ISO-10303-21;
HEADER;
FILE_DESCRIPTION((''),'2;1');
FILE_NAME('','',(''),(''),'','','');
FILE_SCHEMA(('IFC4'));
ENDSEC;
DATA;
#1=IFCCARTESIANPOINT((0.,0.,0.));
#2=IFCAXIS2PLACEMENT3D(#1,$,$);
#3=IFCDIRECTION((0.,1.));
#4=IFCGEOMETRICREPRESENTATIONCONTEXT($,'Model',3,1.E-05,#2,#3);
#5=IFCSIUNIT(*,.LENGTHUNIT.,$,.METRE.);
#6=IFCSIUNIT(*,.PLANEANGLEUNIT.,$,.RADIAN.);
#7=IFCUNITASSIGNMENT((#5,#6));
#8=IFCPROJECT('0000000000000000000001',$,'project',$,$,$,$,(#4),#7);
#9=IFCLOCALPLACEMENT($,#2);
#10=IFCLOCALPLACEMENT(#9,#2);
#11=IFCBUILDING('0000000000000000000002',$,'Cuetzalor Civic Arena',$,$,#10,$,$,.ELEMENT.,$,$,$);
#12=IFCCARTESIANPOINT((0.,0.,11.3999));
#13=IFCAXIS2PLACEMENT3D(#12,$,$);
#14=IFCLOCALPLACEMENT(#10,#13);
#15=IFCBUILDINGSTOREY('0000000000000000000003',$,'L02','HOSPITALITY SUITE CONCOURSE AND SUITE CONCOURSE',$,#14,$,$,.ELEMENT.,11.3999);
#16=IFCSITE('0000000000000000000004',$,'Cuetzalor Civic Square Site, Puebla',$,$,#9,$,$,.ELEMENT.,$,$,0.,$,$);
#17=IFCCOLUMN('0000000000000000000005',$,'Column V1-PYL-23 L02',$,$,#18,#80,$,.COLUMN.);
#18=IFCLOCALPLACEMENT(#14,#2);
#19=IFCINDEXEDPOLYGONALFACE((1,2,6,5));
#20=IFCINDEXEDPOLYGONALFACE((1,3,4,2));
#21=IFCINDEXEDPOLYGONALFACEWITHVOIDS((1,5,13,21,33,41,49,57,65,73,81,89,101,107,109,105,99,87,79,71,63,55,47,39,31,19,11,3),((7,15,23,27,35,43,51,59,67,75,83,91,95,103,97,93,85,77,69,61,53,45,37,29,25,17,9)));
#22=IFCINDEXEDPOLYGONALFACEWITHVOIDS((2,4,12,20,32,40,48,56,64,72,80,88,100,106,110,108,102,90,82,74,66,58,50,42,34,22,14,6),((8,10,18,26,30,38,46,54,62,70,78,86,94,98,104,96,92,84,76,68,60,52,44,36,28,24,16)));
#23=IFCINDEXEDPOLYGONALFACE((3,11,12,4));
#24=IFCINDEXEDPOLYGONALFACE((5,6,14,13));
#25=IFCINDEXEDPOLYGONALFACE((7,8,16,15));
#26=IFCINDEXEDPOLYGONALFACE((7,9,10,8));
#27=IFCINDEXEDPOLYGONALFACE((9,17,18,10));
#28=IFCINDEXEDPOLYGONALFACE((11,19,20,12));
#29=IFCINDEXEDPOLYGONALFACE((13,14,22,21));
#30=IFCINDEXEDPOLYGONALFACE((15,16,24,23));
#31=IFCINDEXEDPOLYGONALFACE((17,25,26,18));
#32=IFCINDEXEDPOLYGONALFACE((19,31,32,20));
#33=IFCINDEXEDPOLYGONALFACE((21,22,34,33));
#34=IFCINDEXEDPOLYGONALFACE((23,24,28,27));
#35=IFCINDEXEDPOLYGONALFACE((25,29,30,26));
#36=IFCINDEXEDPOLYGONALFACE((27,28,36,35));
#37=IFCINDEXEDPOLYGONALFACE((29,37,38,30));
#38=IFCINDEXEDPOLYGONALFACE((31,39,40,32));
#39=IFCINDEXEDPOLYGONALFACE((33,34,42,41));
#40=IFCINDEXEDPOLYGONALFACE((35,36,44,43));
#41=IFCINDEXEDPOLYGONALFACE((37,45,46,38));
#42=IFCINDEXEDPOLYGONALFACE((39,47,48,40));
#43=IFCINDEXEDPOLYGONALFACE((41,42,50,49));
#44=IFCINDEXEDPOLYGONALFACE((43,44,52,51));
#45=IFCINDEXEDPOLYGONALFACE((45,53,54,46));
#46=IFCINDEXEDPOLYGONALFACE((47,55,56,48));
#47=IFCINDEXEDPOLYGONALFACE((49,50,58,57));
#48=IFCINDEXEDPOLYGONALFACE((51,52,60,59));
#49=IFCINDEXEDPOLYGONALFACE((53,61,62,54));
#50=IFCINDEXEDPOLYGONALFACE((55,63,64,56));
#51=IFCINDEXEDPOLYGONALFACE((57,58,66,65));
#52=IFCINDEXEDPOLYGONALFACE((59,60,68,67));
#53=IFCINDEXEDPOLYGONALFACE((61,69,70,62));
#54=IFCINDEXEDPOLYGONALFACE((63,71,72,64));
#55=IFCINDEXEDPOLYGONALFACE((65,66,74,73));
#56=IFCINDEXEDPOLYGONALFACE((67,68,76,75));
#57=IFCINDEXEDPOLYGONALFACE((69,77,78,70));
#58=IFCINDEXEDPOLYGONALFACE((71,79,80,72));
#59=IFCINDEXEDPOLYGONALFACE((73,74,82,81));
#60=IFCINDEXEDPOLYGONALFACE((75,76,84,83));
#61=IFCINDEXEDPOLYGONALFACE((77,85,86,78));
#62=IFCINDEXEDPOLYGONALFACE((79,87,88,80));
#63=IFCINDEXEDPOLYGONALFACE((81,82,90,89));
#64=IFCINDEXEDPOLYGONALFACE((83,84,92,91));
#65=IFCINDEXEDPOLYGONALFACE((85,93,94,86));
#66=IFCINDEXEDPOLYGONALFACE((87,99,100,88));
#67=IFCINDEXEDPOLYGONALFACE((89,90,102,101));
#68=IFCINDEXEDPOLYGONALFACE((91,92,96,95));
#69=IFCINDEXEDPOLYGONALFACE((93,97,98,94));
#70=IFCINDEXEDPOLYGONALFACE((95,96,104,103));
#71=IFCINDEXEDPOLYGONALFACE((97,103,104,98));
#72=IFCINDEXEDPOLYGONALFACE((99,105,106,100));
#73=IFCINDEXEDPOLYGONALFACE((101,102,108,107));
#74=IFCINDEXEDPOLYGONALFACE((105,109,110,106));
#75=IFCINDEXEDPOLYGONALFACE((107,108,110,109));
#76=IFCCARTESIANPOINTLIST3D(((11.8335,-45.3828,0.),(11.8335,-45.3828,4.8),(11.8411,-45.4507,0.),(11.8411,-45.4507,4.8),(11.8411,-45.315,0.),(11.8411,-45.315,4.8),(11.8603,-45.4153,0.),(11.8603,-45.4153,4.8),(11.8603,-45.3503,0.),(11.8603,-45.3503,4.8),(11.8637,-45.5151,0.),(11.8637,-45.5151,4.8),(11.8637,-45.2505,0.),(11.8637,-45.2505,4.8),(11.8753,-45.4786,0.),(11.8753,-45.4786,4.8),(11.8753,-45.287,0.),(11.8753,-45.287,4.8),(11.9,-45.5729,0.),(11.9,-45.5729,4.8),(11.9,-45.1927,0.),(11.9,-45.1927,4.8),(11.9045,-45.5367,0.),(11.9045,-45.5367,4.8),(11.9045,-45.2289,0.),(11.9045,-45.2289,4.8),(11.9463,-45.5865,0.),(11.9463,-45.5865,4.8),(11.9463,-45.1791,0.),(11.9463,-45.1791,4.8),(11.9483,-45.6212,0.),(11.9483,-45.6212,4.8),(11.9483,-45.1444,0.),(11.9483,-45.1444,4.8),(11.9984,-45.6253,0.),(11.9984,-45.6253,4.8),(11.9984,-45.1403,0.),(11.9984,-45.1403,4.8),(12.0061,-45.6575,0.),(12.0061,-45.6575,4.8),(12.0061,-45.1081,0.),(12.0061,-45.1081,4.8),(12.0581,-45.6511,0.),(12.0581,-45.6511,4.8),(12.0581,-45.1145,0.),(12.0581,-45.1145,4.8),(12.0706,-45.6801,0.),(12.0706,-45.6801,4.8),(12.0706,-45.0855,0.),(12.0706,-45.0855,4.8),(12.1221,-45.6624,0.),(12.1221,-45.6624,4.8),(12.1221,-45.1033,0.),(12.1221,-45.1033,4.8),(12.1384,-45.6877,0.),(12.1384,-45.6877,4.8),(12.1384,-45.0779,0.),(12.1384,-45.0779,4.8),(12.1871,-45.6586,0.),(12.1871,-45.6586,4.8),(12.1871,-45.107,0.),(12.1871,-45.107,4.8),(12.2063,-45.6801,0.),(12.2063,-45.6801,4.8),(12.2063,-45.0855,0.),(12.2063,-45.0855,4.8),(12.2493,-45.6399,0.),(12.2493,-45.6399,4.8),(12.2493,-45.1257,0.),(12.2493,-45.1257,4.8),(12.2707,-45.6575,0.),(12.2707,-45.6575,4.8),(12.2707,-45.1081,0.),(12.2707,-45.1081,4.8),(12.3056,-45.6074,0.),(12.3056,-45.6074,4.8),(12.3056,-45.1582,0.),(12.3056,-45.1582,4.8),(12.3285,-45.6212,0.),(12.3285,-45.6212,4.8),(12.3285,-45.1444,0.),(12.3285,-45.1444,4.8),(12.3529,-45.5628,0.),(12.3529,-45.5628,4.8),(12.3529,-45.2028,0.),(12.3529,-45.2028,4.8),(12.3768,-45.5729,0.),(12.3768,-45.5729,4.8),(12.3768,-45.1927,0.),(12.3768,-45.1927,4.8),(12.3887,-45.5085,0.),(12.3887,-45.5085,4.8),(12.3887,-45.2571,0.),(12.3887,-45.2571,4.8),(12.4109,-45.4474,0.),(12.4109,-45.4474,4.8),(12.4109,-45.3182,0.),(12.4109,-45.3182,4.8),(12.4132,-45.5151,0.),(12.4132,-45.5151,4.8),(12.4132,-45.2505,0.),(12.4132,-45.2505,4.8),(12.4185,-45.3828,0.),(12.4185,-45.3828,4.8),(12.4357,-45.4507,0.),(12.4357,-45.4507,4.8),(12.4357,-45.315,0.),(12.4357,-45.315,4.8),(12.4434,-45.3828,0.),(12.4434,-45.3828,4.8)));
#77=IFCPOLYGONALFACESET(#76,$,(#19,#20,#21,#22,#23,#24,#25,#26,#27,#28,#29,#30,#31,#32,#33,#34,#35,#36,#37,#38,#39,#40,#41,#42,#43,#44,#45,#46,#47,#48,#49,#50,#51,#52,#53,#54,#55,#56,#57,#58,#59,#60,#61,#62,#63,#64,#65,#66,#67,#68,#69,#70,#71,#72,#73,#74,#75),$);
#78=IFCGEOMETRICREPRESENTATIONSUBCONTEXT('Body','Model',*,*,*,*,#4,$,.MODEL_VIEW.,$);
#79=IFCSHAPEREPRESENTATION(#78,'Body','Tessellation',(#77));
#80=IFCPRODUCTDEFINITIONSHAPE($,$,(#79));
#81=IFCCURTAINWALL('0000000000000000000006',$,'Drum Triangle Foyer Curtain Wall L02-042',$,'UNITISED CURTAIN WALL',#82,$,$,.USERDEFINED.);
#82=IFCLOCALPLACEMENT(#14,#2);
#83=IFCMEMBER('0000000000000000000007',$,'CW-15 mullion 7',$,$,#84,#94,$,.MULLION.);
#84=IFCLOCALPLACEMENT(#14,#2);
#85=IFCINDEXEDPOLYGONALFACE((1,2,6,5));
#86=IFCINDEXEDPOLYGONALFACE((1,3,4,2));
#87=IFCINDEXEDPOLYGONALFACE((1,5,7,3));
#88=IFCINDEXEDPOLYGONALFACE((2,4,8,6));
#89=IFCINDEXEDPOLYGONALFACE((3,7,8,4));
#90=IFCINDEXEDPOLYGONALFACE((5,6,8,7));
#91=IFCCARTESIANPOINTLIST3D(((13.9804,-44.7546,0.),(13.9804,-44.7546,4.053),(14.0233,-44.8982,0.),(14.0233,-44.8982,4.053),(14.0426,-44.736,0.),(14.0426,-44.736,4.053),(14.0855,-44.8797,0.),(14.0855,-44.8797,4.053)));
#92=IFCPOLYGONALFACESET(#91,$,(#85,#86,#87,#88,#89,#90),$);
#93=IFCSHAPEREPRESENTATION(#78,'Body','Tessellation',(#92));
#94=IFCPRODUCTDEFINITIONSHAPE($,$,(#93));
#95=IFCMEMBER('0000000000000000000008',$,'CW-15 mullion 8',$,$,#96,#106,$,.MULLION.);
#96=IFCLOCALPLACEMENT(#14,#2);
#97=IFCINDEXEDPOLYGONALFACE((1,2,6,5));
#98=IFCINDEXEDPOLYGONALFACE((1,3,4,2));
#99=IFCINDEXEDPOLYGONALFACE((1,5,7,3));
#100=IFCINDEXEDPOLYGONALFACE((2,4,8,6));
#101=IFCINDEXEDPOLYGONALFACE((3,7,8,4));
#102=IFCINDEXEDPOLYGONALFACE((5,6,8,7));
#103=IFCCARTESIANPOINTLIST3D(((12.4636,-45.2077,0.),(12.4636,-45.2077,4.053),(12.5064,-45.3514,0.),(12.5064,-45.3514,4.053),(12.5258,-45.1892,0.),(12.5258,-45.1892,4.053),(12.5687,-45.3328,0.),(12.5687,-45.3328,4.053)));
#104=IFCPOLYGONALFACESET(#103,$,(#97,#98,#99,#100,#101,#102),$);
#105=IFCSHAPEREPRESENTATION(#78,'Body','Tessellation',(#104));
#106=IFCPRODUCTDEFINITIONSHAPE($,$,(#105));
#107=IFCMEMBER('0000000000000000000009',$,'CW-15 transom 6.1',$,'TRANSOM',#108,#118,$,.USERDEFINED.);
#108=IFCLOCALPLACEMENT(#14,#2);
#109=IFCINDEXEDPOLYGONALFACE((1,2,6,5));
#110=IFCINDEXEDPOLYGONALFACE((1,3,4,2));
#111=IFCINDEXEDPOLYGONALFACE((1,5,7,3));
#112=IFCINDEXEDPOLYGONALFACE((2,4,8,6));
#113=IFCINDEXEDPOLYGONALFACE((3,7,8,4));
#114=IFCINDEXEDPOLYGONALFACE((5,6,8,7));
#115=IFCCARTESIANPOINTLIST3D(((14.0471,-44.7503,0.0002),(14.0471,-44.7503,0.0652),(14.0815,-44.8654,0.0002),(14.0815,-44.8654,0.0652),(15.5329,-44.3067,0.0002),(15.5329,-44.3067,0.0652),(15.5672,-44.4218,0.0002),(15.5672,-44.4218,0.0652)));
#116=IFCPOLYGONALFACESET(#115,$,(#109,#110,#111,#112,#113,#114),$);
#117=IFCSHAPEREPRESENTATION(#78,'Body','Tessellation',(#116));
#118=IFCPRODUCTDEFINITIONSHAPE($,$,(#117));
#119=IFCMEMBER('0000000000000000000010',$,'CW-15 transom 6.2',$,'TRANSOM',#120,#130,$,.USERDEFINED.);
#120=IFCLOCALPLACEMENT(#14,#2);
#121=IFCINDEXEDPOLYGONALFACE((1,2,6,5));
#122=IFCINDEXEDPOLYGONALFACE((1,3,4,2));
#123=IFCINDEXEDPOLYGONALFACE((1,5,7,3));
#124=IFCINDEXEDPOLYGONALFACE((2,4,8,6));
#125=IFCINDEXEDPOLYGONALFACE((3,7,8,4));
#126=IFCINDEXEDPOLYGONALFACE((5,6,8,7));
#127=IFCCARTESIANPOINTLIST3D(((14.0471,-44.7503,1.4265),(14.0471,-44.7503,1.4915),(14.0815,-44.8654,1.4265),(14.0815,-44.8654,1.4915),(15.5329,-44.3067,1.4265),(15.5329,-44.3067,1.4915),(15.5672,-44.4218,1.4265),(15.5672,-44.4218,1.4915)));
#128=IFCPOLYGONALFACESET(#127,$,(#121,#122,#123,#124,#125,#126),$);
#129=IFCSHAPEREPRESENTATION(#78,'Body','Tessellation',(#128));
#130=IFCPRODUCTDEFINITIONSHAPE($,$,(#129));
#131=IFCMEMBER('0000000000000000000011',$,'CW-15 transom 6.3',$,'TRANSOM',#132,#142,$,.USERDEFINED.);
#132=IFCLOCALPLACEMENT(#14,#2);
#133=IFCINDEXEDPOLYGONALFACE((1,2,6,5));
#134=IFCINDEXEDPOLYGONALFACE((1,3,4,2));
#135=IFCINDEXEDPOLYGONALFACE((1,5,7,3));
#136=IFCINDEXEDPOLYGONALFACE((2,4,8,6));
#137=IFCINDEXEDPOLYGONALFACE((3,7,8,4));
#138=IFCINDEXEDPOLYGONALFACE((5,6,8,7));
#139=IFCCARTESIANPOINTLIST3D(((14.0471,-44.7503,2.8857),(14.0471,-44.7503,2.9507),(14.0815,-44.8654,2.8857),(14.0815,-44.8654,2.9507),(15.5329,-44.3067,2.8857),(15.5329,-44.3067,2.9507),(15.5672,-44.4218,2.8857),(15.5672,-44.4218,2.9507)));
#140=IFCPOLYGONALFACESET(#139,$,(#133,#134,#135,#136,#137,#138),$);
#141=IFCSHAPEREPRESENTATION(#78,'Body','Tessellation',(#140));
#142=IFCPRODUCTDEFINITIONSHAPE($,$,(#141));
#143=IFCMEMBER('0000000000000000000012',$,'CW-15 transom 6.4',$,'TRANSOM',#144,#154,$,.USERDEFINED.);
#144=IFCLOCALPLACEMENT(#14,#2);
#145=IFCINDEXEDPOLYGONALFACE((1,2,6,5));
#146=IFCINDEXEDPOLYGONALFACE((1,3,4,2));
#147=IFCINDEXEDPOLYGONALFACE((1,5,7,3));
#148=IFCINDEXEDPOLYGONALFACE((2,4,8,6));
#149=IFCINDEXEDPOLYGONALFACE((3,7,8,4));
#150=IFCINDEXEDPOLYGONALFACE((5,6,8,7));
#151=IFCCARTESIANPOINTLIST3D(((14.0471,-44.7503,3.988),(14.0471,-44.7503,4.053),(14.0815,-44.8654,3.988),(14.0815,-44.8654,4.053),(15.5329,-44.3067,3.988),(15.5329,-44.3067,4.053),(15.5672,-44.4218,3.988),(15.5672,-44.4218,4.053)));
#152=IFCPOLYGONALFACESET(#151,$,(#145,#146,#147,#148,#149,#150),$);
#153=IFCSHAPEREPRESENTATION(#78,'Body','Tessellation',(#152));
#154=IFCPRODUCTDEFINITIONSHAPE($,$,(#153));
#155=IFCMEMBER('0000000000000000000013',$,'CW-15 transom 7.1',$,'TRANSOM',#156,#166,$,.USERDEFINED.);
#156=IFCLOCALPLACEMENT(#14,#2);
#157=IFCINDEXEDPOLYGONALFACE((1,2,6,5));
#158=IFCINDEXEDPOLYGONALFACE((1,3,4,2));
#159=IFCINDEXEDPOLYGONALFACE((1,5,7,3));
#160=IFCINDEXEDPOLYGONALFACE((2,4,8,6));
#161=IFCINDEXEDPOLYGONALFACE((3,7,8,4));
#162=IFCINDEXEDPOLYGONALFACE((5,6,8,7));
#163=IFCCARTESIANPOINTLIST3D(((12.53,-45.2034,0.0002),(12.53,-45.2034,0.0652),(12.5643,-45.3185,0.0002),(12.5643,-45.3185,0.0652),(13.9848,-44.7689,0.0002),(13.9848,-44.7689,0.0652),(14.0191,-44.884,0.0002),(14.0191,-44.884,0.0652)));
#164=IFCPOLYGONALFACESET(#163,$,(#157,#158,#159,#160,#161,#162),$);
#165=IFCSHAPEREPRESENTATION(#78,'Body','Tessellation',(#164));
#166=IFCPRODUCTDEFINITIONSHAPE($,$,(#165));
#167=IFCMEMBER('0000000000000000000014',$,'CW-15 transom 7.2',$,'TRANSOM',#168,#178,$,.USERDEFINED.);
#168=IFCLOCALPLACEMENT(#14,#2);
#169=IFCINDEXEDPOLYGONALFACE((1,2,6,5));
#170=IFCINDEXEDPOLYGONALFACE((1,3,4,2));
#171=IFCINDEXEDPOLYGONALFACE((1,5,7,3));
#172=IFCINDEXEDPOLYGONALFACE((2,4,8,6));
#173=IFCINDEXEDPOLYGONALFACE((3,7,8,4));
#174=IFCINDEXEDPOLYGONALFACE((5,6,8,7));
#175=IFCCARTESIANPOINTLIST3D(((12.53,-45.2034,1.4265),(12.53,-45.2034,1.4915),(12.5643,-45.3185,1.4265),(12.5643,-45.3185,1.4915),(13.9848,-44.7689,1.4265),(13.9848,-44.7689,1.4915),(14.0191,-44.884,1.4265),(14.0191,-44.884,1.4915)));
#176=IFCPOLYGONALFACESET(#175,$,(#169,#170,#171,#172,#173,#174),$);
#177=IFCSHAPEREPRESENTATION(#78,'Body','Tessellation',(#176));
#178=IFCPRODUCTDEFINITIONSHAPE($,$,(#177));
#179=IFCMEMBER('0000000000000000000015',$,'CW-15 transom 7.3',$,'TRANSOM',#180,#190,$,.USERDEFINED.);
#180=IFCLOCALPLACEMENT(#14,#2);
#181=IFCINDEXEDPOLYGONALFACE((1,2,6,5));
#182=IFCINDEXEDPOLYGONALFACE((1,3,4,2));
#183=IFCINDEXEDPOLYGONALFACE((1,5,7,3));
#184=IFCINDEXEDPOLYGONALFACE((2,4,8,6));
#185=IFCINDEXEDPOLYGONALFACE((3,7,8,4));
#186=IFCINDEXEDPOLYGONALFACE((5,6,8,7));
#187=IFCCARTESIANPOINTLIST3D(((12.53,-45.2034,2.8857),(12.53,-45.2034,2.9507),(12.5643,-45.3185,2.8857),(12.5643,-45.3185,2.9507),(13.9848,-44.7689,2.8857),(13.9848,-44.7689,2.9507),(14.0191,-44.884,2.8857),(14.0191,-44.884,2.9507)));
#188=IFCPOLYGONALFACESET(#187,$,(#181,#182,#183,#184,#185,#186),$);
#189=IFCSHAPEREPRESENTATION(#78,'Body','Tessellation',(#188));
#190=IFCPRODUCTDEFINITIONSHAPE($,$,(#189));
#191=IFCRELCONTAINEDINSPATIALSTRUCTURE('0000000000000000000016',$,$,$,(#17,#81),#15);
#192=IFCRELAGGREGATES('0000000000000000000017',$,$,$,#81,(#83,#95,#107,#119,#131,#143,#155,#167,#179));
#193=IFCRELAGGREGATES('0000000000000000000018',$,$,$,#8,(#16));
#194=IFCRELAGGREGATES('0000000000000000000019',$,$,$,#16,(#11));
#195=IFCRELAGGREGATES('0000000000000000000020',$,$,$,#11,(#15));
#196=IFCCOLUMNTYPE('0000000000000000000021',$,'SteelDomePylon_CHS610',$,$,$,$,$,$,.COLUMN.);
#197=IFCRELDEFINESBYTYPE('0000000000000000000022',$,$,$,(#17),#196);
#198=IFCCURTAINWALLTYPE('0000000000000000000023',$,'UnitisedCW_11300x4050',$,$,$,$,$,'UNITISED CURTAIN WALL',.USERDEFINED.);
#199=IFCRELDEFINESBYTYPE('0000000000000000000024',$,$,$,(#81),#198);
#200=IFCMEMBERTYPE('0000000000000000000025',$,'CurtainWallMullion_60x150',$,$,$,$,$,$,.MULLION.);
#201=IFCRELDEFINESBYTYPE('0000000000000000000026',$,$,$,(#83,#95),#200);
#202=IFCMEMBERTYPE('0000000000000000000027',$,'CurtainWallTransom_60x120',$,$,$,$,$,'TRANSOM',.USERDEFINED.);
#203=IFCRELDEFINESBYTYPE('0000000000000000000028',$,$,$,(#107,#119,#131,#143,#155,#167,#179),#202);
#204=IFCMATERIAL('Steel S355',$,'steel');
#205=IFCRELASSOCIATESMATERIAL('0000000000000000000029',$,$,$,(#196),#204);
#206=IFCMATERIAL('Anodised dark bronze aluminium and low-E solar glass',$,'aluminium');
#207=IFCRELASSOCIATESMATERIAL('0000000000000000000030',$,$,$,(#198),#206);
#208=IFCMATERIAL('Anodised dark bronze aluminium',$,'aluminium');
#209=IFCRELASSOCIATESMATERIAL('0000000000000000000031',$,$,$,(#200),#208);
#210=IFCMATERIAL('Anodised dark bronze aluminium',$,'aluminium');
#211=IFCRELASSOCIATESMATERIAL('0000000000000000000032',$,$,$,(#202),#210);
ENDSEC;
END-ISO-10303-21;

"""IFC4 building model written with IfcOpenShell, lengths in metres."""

from ifc_helpers import new_model, si_unit, direction, frame, origin, origin_2d, place, context, subcontext, project, spatial, rectangle, hollow_circle, extrude, material, material_profile, profile_set, type_object, element, aggregate, save


model = new_model("IFC4")

# Units and contexts
model_context = context("Model", 3, precision=1e-05, world=origin(), true_north=direction((0.0, 1.0)))
body_context = subcontext(model_context, "Body", "Model", "MODEL_VIEW")
ifc_project = project(units=[si_unit("LENGTHUNIT", "METRE"), si_unit("PLANEANGLEUNIT", "RADIAN")], contexts=[model_context])

# Site, building, storey
site_placement = place(None, origin())
site = spatial("IfcSite", under=ifc_project, at=site_placement, Name="Cuetzalor Civic Square Site, Puebla", CompositionType="ELEMENT", RefElevation=0.0)
building_placement = place(site_placement, origin())
building = spatial("IfcBuilding", under=site, at=building_placement, Name="Cuetzalor Civic Arena", CompositionType="ELEMENT")
storey_placement = place(building_placement, frame((0.0, 0.0, 11.3999)))
storey = spatial("IfcBuildingStorey", under=building, at=storey_placement, Name="L02", Description="HOSPITALITY SUITE CONCOURSE AND SUITE CONCOURSE", CompositionType="ELEMENT", Elevation=11.3999)

# Column
ifc_material_1 = material(Name="Steel S355", Category="steel")
ifc_material_profile_1 = material_profile(ifc_material_1, hollow_circle(Radius=0.3049, WallThickness=0.0249, at=origin_2d()), Name="CHS 610x25")
ifc_profile_set_1 = profile_set([ifc_material_profile_1], Name="Steel S355")
column_type = type_object("IfcColumnType", Name="SteelDomePylon_CHS610", PredefinedType="COLUMN", material=ifc_profile_set_1)
column_placement = place(storey_placement, frame((12.1384, -45.3828, 0.0), z_axis=(0.0, 0.0, 1.0), x_axis=(1.0, 0.0, 0.0)))
element("IfcColumn", 1, at=column_placement, inside=storey, type_object=column_type, Name="Column V1-PYL-23 L02", PredefinedType="COLUMN", context=body_context, shape_type="SweptSolid", body=[
    extrude(hollow_circle(Radius=0.3049, WallThickness=0.0249, at=origin_2d()), origin(), (0.0, 0.0, 1.0), 4.8),
])

# Curtain wall, members
ifc_material_2 = material(Name="Anodised dark bronze aluminium and low-E solar glass", Category="aluminium")
curtain_wall_type = type_object("IfcCurtainWallType", Name="UnitisedCW_11300x4050", ElementType="UNITISED CURTAIN WALL", PredefinedType="USERDEFINED", material=ifc_material_2)
curtain_wall_placement = place(storey_placement, origin())
curtain_wall = element("IfcCurtainWall", 2, at=curtain_wall_placement, inside=storey, type_object=curtain_wall_type, Name="Drum Triangle Foyer Curtain Wall L02-042", ObjectType="UNITISED CURTAIN WALL", PredefinedType="USERDEFINED")
ifc_material_3 = material(Name="Anodised dark bronze aluminium", Category="aluminium")
ifc_material_profile_2 = material_profile(ifc_material_3, rectangle(XDim=0.0649, YDim=0.1499, at=origin_2d()), Name="ALU MULLION 65x150")
ifc_profile_set_2 = profile_set([ifc_material_profile_2], Name="Anodised dark bronze aluminium")
member_type_1 = type_object("IfcMemberType", Name="CurtainWallMullion_60x150", PredefinedType="MULLION", material=ifc_profile_set_2)
member_1_placement = place(storey_placement, frame((14.033, -44.8171, 0.0), z_axis=(0.0, 0.0, 1.0), x_axis=(-0.958194, -0.28612, 0.0)))
member_1 = element("IfcMember", 3, at=member_1_placement, type_object=member_type_1, Name="CW-15 mullion 7", PredefinedType="MULLION", context=body_context, shape_type="SweptSolid", body=[
    extrude(rectangle(XDim=0.0649, YDim=0.1499, at=origin_2d()), origin(), (0.0, 0.0, 1.0), 4.053),
])
member_2_placement = place(storey_placement, frame((12.5161, -45.2703, 0.0), z_axis=(0.0, 0.0, 1.0), x_axis=(-0.958194, -0.28612, 0.0)))
member_2 = element("IfcMember", 4, at=member_2_placement, type_object=member_type_1, Name="CW-15 mullion 8", PredefinedType="MULLION", context=body_context, shape_type="SweptSolid", body=[
    extrude(rectangle(XDim=0.0649, YDim=0.1499, at=origin_2d()), origin(), (0.0, 0.0, 1.0), 4.053),
])
ifc_material_4 = material(Name="Anodised dark bronze aluminium", Category="aluminium")
ifc_material_profile_3 = material_profile(ifc_material_4, rectangle(XDim=0.1201, YDim=0.0649, at=origin_2d()), Name="ALU TRANSOM 65x120")
ifc_profile_set_3 = profile_set([ifc_material_profile_3], Name="Anodised dark bronze aluminium")
member_type_2 = type_object("IfcMemberType", Name="CurtainWallTransom_60x120", ElementType="TRANSOM", PredefinedType="USERDEFINED", material=ifc_profile_set_3)
member_3_placement = place(storey_placement, frame((15.55, -44.3643, 0.0327), z_axis=(-0.958207, -0.286077, 0.0), x_axis=(0.286077, -0.958207, 0.0)))
member_3 = element("IfcMember", 5, at=member_3_placement, type_object=member_type_2, Name="CW-15 transom 6.1", ObjectType="TRANSOM", PredefinedType="USERDEFINED", context=body_context, shape_type="SweptSolid", body=[
    extrude(rectangle(XDim=0.1201, YDim=0.0649, at=origin_2d()), origin(), (0.0, 0.0, 1.0), 1.5505),
])
member_4_placement = place(storey_placement, frame((15.55, -44.3643, 1.459), z_axis=(-0.958207, -0.286077, 0.0), x_axis=(0.286077, -0.958207, 0.0)))
member_4 = element("IfcMember", 6, at=member_4_placement, type_object=member_type_2, Name="CW-15 transom 6.2", ObjectType="TRANSOM", PredefinedType="USERDEFINED", context=body_context, shape_type="SweptSolid", body=[
    extrude(rectangle(XDim=0.1201, YDim=0.0649, at=origin_2d()), origin(), (0.0, 0.0, 1.0), 1.5505),
])
member_5_placement = place(storey_placement, frame((15.55, -44.3643, 2.9182), z_axis=(-0.958207, -0.286077, 0.0), x_axis=(0.286077, -0.958207, 0.0)))
member_5 = element("IfcMember", 7, at=member_5_placement, type_object=member_type_2, Name="CW-15 transom 6.3", ObjectType="TRANSOM", PredefinedType="USERDEFINED", context=body_context, shape_type="SweptSolid", body=[
    extrude(rectangle(XDim=0.1201, YDim=0.0649, at=origin_2d()), origin(), (0.0, 0.0, 1.0), 1.5505),
])
member_6_placement = place(storey_placement, frame((15.55, -44.3643, 4.0205), z_axis=(-0.958207, -0.286077, 0.0), x_axis=(0.286077, -0.958207, 0.0)))
member_6 = element("IfcMember", 8, at=member_6_placement, type_object=member_type_2, Name="CW-15 transom 6.4", ObjectType="TRANSOM", PredefinedType="USERDEFINED", context=body_context, shape_type="SweptSolid", body=[
    extrude(rectangle(XDim=0.1201, YDim=0.0649, at=origin_2d()), origin(), (0.0, 0.0, 1.0), 1.5505),
])
member_7_placement = place(storey_placement, frame((14.002, -44.8264, 0.0327), z_axis=(-0.958166, -0.286212, 0.0), x_axis=(0.286212, -0.958166, 0.0)))
member_7 = element("IfcMember", 9, at=member_7_placement, type_object=member_type_2, Name="CW-15 transom 7.1", ObjectType="TRANSOM", PredefinedType="USERDEFINED", context=body_context, shape_type="SweptSolid", body=[
    extrude(rectangle(XDim=0.1201, YDim=0.0649, at=origin_2d()), origin(), (0.0, 0.0, 1.0), 1.5183),
])
member_8_placement = place(storey_placement, frame((14.002, -44.8264, 1.459), z_axis=(-0.958166, -0.286212, 0.0), x_axis=(0.286212, -0.958166, 0.0)))
member_8 = element("IfcMember", 10, at=member_8_placement, type_object=member_type_2, Name="CW-15 transom 7.2", ObjectType="TRANSOM", PredefinedType="USERDEFINED", context=body_context, shape_type="SweptSolid", body=[
    extrude(rectangle(XDim=0.1201, YDim=0.0649, at=origin_2d()), origin(), (0.0, 0.0, 1.0), 1.5183),
])
member_9_placement = place(storey_placement, frame((14.002, -44.8264, 2.9182), z_axis=(-0.958166, -0.286212, 0.0), x_axis=(0.286212, -0.958166, 0.0)))
member_9 = element("IfcMember", 11, at=member_9_placement, type_object=member_type_2, Name="CW-15 transom 7.3", ObjectType="TRANSOM", PredefinedType="USERDEFINED", context=body_context, shape_type="SweptSolid", body=[
    extrude(rectangle(XDim=0.1201, YDim=0.0649, at=origin_2d()), origin(), (0.0, 0.0, 1.0), 1.5183),
])

aggregate(curtain_wall, [member_1, member_2, member_3, member_4, member_5, member_6, member_7, member_8, member_9])

save(model, "model.ifc")
